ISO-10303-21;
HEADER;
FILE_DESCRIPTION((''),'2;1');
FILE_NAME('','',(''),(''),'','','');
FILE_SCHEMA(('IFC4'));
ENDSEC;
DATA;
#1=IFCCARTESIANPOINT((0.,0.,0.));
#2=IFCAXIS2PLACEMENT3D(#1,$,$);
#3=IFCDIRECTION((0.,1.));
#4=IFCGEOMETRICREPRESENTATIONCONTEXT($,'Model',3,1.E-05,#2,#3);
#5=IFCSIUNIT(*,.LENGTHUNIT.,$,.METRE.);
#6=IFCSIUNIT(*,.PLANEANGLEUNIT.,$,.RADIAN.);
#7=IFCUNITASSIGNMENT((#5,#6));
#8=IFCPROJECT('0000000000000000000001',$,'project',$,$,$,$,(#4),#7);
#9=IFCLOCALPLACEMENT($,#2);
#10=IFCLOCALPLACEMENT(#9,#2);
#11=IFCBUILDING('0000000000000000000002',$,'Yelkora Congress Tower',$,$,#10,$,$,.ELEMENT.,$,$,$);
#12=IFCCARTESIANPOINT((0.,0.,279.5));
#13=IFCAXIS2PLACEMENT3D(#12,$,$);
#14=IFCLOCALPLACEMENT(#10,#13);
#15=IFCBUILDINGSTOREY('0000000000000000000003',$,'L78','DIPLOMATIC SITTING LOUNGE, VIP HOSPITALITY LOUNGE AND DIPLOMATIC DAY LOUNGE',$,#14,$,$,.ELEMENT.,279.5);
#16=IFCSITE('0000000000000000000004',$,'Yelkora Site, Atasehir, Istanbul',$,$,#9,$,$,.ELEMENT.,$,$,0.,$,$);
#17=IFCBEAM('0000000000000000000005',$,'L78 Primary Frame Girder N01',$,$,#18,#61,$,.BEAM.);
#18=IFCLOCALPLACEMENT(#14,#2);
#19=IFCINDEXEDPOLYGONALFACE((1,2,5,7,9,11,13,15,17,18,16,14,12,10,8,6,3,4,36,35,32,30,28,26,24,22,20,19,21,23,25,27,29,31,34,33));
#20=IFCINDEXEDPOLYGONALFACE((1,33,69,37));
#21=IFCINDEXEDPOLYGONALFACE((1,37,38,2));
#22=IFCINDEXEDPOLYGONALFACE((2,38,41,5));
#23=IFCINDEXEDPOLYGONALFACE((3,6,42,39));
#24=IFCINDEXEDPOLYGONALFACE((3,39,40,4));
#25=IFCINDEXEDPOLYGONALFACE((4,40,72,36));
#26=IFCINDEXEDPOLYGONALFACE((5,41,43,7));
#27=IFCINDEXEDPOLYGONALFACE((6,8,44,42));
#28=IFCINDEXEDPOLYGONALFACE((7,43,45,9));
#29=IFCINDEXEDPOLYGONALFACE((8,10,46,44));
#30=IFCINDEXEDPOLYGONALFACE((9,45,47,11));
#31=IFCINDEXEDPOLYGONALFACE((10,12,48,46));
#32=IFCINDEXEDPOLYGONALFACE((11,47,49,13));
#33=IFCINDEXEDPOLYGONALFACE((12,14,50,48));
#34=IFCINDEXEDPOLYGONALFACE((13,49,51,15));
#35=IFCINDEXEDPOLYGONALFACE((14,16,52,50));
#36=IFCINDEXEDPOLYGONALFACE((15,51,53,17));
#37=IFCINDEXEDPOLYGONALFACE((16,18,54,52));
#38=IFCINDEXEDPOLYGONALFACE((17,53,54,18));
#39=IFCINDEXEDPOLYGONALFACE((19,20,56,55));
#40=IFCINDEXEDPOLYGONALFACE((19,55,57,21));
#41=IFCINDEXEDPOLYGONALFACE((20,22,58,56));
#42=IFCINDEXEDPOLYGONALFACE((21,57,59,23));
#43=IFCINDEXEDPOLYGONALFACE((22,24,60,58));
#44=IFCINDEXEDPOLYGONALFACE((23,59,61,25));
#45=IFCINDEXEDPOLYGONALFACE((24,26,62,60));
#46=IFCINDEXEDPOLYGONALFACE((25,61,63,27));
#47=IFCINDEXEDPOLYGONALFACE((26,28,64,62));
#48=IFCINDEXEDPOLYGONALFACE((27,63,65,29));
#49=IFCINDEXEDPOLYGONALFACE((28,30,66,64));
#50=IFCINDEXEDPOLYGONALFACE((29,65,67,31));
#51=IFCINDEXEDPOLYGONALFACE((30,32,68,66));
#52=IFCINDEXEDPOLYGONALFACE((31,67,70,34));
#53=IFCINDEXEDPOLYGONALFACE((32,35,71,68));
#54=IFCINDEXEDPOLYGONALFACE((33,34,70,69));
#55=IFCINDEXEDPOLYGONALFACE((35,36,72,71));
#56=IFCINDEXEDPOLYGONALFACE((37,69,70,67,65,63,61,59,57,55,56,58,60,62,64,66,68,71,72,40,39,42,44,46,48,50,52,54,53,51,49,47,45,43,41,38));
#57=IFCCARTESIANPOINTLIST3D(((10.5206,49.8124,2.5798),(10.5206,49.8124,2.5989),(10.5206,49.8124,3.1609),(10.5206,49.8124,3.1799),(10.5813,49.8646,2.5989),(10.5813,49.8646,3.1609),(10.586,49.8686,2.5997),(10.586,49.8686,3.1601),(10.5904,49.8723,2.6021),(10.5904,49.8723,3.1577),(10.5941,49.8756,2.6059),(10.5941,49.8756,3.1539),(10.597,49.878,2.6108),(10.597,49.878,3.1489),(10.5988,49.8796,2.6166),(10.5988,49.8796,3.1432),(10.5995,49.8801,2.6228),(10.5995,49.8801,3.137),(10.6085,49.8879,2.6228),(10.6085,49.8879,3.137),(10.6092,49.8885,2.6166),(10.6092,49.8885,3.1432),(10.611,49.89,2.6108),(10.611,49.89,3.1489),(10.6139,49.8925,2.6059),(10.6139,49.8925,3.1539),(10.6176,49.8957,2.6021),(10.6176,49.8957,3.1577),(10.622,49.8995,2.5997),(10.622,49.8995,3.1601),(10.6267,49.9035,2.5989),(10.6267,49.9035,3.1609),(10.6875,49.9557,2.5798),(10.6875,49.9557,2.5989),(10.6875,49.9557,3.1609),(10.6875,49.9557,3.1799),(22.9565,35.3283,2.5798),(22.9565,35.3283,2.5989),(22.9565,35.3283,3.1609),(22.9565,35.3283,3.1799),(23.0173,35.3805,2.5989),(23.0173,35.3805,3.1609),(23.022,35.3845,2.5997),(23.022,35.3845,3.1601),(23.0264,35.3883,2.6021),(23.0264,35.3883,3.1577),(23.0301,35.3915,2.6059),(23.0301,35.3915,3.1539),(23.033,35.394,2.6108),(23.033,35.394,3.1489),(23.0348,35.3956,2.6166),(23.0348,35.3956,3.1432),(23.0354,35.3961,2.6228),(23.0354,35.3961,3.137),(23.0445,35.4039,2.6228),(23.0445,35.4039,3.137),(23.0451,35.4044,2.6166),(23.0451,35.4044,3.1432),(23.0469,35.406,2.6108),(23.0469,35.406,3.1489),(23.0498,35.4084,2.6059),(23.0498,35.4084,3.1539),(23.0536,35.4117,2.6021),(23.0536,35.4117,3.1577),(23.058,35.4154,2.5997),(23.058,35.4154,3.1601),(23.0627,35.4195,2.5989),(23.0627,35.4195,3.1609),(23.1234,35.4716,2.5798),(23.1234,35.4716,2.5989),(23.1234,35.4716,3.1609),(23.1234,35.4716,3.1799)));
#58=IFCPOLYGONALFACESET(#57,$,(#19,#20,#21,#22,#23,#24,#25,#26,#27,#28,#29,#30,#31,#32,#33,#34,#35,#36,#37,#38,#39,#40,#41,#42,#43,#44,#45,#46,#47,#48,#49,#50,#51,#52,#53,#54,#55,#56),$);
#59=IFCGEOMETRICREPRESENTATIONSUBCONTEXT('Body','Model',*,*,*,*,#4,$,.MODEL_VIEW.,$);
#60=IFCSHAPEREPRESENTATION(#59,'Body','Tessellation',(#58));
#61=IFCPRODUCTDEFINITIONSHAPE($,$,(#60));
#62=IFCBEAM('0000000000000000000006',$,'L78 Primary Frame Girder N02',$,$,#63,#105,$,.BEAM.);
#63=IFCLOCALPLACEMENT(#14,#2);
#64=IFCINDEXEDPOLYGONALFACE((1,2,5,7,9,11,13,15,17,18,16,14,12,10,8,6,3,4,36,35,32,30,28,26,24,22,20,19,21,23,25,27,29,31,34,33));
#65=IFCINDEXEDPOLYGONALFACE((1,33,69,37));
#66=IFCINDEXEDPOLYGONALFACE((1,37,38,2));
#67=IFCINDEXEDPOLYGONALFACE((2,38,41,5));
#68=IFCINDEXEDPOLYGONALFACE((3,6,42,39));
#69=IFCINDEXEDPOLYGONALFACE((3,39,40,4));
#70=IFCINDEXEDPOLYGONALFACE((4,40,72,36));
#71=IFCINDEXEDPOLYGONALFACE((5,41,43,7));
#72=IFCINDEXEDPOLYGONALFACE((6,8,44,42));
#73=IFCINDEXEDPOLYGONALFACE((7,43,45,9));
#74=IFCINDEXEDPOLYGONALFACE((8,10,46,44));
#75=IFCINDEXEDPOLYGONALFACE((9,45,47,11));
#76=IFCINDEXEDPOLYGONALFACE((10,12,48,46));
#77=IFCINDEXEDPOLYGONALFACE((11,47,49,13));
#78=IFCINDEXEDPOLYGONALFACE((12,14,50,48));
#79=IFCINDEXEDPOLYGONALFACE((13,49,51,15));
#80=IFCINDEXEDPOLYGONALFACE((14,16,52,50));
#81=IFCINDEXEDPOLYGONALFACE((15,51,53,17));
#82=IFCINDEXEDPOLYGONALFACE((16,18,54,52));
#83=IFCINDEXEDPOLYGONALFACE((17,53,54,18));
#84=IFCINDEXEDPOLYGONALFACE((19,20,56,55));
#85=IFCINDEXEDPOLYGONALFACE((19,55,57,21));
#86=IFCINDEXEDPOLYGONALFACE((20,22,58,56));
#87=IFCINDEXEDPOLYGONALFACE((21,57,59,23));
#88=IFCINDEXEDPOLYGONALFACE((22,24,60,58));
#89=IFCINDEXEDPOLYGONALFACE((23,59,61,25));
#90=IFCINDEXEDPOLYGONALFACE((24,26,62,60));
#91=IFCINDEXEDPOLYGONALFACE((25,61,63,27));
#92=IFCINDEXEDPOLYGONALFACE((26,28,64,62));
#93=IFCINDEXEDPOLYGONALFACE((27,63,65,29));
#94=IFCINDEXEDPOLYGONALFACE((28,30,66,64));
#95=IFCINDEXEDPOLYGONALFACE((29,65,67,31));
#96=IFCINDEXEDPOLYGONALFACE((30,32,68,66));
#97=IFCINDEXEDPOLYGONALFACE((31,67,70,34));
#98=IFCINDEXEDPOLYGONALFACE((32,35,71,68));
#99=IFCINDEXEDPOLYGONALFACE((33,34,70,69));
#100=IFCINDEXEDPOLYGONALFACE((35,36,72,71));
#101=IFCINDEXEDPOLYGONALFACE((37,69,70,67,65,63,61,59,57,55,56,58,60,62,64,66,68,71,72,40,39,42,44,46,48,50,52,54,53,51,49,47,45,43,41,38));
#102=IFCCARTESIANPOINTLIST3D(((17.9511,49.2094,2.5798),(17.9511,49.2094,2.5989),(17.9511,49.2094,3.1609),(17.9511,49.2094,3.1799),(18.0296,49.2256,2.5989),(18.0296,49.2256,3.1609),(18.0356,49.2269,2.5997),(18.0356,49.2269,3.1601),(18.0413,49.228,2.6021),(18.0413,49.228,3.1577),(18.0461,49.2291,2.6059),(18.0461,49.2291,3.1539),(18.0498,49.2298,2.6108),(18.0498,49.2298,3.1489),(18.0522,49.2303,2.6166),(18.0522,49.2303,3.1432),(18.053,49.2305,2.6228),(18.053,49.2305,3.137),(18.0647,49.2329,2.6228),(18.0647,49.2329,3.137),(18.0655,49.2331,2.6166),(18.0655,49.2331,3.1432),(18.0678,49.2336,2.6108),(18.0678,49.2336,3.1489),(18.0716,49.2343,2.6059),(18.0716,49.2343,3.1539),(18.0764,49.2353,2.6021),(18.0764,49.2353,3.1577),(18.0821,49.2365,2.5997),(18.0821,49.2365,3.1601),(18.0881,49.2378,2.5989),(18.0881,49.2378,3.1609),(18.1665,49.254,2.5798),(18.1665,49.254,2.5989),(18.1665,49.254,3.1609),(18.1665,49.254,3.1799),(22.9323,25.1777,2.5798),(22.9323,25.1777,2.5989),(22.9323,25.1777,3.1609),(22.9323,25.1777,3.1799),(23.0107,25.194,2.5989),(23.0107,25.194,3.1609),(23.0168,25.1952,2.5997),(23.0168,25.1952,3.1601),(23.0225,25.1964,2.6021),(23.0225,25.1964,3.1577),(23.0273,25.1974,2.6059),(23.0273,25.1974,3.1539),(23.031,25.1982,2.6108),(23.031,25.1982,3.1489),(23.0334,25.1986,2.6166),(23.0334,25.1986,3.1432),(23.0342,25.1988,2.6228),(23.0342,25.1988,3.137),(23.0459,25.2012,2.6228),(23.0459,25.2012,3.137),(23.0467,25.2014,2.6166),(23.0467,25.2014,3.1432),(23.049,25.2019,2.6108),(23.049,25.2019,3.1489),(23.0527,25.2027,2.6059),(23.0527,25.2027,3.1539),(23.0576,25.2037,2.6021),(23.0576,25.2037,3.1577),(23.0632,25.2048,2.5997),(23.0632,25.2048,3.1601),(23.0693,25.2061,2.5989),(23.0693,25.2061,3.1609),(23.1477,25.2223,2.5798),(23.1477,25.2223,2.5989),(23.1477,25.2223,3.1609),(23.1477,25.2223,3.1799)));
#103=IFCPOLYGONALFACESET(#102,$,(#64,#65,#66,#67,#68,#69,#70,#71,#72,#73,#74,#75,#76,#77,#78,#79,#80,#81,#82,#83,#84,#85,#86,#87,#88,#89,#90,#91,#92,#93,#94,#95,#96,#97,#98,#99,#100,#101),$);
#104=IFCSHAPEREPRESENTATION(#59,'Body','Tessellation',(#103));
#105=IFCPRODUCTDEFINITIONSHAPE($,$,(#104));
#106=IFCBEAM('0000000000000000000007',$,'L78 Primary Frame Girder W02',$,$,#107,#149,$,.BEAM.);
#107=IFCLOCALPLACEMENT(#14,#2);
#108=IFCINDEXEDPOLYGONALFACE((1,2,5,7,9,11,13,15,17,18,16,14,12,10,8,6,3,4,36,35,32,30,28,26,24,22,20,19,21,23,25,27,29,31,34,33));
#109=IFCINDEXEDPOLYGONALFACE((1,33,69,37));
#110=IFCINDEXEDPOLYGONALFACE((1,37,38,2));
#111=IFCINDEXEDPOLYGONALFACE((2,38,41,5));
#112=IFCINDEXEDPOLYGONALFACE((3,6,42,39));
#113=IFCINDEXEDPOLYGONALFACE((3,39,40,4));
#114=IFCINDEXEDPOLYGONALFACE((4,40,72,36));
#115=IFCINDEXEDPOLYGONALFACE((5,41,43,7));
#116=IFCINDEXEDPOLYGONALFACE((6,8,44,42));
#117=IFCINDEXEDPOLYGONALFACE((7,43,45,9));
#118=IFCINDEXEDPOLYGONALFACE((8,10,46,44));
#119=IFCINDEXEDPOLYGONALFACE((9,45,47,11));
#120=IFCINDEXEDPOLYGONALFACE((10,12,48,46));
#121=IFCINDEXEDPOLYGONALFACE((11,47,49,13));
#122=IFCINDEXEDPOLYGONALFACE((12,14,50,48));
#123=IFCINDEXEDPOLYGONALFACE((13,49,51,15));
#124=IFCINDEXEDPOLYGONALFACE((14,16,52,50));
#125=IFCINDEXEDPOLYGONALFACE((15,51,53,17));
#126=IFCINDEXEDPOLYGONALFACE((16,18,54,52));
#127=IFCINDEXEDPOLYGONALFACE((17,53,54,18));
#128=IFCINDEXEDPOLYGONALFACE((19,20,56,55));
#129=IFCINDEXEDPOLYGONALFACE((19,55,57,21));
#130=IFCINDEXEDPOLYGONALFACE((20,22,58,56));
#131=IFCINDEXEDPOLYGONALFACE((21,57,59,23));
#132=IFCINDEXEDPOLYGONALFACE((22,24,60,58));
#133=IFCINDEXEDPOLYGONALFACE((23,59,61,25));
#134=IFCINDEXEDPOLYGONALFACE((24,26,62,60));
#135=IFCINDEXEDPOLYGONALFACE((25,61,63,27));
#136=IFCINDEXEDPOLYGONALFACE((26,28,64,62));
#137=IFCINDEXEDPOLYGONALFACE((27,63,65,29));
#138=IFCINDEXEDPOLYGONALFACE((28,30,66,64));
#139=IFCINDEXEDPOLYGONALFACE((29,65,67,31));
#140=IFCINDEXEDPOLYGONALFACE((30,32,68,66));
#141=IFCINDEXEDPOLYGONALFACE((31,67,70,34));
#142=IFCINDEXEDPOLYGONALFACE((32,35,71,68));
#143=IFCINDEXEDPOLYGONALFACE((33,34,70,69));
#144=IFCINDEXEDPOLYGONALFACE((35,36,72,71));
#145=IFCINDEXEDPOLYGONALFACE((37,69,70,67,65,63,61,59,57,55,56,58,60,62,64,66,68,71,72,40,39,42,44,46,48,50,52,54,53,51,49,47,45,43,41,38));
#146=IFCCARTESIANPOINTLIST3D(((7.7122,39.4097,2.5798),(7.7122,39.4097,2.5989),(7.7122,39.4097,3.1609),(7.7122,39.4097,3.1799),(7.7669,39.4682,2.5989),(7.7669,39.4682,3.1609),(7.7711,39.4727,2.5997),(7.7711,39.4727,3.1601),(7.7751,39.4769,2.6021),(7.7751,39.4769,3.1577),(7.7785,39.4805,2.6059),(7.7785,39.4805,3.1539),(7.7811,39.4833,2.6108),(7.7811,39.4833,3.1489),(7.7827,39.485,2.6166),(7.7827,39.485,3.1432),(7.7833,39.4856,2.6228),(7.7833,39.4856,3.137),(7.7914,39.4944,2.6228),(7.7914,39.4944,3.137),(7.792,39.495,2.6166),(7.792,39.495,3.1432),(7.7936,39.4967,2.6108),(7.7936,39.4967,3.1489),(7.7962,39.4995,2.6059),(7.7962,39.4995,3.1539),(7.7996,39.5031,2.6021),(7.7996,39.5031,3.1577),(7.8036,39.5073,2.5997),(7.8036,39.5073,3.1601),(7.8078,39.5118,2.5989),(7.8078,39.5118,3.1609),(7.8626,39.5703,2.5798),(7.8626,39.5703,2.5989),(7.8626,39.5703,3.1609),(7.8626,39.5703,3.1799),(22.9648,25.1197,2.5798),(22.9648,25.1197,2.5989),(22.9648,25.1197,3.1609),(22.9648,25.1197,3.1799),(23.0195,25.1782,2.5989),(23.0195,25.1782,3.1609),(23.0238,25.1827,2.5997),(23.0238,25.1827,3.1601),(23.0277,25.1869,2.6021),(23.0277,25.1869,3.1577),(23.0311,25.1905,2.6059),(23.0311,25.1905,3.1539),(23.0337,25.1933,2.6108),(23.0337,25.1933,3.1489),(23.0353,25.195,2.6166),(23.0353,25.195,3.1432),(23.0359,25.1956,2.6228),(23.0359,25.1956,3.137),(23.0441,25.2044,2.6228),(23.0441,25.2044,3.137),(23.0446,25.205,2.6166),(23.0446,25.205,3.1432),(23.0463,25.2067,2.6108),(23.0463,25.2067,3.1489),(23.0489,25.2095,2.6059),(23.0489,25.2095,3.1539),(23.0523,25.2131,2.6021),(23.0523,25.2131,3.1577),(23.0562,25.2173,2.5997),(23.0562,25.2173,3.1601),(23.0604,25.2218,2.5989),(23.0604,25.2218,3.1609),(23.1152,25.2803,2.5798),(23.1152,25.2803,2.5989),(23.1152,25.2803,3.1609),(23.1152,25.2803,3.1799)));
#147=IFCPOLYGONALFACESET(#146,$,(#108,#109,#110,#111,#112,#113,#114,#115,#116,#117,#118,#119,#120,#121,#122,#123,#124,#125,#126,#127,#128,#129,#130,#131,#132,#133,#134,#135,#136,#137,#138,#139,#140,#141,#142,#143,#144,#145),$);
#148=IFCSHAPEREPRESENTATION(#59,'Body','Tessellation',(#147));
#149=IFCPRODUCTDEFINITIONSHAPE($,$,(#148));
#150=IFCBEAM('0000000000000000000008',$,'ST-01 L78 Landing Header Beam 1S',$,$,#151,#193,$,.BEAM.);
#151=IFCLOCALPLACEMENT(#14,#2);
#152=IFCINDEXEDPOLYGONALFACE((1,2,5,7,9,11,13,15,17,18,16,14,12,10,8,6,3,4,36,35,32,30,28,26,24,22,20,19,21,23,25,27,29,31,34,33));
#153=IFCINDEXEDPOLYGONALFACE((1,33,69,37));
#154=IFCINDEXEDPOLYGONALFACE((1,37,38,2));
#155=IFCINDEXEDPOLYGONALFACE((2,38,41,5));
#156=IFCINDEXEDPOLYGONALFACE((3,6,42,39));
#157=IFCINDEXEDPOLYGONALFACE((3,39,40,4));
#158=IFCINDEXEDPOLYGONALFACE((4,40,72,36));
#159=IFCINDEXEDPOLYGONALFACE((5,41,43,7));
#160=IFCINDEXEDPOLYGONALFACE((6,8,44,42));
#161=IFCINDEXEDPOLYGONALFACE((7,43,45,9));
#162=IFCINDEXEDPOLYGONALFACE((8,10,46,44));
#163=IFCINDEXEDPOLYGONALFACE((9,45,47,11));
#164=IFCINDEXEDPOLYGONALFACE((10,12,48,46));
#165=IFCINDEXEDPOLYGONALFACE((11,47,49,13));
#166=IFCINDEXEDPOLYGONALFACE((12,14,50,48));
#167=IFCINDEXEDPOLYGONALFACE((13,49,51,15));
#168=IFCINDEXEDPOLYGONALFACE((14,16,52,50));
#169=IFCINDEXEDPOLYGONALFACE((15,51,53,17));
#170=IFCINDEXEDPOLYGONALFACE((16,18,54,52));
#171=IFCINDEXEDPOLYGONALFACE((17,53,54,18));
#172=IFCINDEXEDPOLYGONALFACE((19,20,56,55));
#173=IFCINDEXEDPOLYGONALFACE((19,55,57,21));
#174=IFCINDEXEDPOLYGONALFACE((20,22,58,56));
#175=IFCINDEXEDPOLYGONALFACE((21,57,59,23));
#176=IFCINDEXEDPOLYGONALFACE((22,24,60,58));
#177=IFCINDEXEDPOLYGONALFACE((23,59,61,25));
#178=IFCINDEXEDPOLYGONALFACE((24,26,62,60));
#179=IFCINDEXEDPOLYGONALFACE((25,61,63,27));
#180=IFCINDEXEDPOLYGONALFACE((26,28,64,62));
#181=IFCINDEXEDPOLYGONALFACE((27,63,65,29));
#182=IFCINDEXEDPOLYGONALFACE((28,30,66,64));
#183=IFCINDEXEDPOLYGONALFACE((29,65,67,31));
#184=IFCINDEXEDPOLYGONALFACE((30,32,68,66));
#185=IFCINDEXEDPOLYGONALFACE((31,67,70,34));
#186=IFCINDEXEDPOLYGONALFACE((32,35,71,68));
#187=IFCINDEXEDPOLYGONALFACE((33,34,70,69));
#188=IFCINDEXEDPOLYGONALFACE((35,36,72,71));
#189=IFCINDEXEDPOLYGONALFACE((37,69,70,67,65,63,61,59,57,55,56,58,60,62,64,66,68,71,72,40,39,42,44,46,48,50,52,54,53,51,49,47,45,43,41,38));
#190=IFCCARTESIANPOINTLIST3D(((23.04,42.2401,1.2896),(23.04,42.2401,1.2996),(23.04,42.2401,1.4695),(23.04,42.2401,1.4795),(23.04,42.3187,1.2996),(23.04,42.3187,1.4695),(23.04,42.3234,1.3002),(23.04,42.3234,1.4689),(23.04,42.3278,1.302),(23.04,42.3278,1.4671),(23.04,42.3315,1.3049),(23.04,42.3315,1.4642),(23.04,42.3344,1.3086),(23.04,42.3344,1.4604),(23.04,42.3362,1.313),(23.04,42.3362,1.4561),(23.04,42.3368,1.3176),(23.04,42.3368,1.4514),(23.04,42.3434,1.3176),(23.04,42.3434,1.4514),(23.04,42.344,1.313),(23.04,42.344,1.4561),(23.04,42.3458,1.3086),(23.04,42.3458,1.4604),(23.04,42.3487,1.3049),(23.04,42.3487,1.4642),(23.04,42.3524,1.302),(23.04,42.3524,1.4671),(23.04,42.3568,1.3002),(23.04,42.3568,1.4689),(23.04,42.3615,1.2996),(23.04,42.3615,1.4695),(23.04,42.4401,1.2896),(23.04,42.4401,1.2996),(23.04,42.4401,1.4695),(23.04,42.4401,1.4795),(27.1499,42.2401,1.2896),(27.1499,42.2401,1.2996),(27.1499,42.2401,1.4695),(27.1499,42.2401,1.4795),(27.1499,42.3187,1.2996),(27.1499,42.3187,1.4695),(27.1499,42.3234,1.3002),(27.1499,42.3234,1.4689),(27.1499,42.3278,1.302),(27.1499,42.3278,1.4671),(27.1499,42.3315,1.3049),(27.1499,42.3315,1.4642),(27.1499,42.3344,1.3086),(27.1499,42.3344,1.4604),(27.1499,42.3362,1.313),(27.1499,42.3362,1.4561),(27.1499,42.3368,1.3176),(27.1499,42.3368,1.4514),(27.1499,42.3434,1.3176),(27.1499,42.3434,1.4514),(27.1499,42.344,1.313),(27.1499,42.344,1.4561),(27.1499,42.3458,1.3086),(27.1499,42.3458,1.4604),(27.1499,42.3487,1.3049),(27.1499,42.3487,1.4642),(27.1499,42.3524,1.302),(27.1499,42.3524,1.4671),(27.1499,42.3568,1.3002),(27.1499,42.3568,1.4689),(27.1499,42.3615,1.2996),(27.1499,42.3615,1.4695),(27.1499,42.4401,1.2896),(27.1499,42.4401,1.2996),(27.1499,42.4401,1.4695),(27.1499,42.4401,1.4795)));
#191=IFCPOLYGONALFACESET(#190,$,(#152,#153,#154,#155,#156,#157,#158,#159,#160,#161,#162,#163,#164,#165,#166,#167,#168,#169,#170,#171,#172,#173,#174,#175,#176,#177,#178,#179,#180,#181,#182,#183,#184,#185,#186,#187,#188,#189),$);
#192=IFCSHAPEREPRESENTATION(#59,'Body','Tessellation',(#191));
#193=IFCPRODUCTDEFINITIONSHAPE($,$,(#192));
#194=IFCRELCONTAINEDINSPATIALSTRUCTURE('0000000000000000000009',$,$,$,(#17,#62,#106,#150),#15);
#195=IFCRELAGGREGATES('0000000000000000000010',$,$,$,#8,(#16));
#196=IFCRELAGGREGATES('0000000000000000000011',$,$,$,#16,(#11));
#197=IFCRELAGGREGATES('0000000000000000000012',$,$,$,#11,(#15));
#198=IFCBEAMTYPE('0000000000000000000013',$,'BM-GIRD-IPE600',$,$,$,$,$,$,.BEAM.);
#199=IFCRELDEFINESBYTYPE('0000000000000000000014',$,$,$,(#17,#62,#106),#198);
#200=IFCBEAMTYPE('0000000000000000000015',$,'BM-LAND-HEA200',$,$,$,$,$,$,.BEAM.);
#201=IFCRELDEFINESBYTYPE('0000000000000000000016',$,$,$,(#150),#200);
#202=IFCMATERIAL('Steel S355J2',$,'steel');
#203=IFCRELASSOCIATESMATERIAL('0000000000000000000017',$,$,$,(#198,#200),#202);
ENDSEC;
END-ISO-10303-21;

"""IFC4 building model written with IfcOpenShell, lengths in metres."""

from ifc_helpers import new_model, si_unit, direction, frame, origin, origin_2d, place, context, subcontext, project, spatial, i_section, extrude, material, material_profile, profile_set, type_object, element, save


model = new_model("IFC4")

# Units and contexts
model_context = context("Model", 3, precision=1e-05, world=origin(), true_north=direction((0.0, 1.0)))
body_context = subcontext(model_context, "Body", "Model", "MODEL_VIEW")
ifc_project = project(units=[si_unit("LENGTHUNIT", "METRE"), si_unit("PLANEANGLEUNIT", "RADIAN")], contexts=[model_context])

# Site, building, storey
site_placement = place(None, origin())
site = spatial("IfcSite", under=ifc_project, at=site_placement, Name="Yelkora Site, Atasehir, Istanbul", CompositionType="ELEMENT", RefElevation=0.0)
building_placement = place(site_placement, origin())
building = spatial("IfcBuilding", under=site, at=building_placement, Name="Yelkora Congress Tower", CompositionType="ELEMENT")
storey_placement = place(building_placement, frame((0.0, 0.0, 279.5)))
storey = spatial("IfcBuildingStorey", under=building, at=storey_placement, Name="L78", Description="DIPLOMATIC SITTING LOUNGE, VIP HOSPITALITY LOUNGE AND DIPLOMATIC DAY LOUNGE", CompositionType="ELEMENT", Elevation=279.5)

# Shared definitions
ifc_material_1 = material(Name="Steel S355J2", Category="steel")

# Beams
ifc_material_profile_1 = material_profile(ifc_material_1, i_section(OverallWidth=0.22, OverallDepth=0.6001, WebThickness=0.012, FlangeThickness=0.019, FilletRadius=0.0239, at=origin_2d()), Name="IPE 600")
ifc_profile_set_1 = profile_set([ifc_material_profile_1], Name="Steel S355J2")
beam_type_1 = type_object("IfcBeamType", Name="BM-GIRD-IPE600", PredefinedType="BEAM", material=ifc_profile_set_1)
beam_1_placement = place(storey_placement, frame((10.604, 49.884, 2.8799), z_axis=(0.651427, -0.758711, 0.0), x_axis=(0.758711, 0.651427, 0.0)))
element("IfcBeam", 1, at=beam_1_placement, inside=storey, type_object=beam_type_1, Name="L78 Primary Frame Girder N01", PredefinedType="BEAM", context=body_context, shape_type="SweptSolid", body=[
    extrude(i_section(OverallWidth=0.22, OverallDepth=0.6001, WebThickness=0.012, FlangeThickness=0.019, FilletRadius=0.0239, at=origin_2d()), origin(), (0.0, 0.0, 1.0), 19.0903),
])
beam_2_placement = place(storey_placement, frame((18.0588, 49.2317, 2.8799), z_axis=(0.202962, -0.979187, 0.0), x_axis=(0.979187, 0.202962, 0.0)))
element("IfcBeam", 2, at=beam_2_placement, inside=storey, type_object=beam_type_1, Name="L78 Primary Frame Girder N02", PredefinedType="BEAM", context=body_context, shape_type="SweptSolid", body=[
    extrude(i_section(OverallWidth=0.22, OverallDepth=0.6001, WebThickness=0.012, FlangeThickness=0.019, FilletRadius=0.0239, at=origin_2d()), origin(), (0.0, 0.0, 1.0), 24.5425),
])
beam_3_placement = place(storey_placement, frame((7.7874, 39.49, 2.8799), z_axis=(0.72976, -0.683703, 0.0), x_axis=(0.683703, 0.72976, 0.0)))
element("IfcBeam", 3, at=beam_3_placement, inside=storey, type_object=beam_type_1, Name="L78 Primary Frame Girder W02", PredefinedType="BEAM", context=body_context, shape_type="SweptSolid", body=[
    extrude(i_section(OverallWidth=0.22, OverallDepth=0.6001, WebThickness=0.012, FlangeThickness=0.019, FilletRadius=0.0239, at=origin_2d()), origin(), (0.0, 0.0, 1.0), 20.9009),
])
ifc_material_profile_2 = material_profile(ifc_material_1, i_section(OverallWidth=0.2, OverallDepth=0.1899, WebThickness=0.0066, FlangeThickness=0.01, FilletRadius=0.0181, at=origin_2d()), Name="HEA 200")
ifc_profile_set_2 = profile_set([ifc_material_profile_2], Name="Steel S355J2")
beam_type_2 = type_object("IfcBeamType", Name="BM-LAND-HEA200", PredefinedType="BEAM", material=ifc_profile_set_2)
for number, where, z_axis, x_axis, name in (
    (4, (23.04, 42.3401, 1.3845), (1.0, 0.0, 0.0), (0.0, 1.0, 0.0), "ST-01 L78 Landing Header Beam 1S"),
):
    element("IfcBeam", number, at=place(storey_placement, frame(where, z_axis=z_axis, x_axis=x_axis)), inside=storey, type_object=beam_type_2, Name=name, PredefinedType="BEAM", context=body_context, shape_type="SweptSolid", body=[
        extrude(i_section(OverallWidth=0.2, OverallDepth=0.1899, WebThickness=0.0066, FlangeThickness=0.01, FilletRadius=0.0181, at=origin_2d()), origin(), (0.0, 0.0, 1.0), 4.1099),
    ])

save(model, "model.ifc")
